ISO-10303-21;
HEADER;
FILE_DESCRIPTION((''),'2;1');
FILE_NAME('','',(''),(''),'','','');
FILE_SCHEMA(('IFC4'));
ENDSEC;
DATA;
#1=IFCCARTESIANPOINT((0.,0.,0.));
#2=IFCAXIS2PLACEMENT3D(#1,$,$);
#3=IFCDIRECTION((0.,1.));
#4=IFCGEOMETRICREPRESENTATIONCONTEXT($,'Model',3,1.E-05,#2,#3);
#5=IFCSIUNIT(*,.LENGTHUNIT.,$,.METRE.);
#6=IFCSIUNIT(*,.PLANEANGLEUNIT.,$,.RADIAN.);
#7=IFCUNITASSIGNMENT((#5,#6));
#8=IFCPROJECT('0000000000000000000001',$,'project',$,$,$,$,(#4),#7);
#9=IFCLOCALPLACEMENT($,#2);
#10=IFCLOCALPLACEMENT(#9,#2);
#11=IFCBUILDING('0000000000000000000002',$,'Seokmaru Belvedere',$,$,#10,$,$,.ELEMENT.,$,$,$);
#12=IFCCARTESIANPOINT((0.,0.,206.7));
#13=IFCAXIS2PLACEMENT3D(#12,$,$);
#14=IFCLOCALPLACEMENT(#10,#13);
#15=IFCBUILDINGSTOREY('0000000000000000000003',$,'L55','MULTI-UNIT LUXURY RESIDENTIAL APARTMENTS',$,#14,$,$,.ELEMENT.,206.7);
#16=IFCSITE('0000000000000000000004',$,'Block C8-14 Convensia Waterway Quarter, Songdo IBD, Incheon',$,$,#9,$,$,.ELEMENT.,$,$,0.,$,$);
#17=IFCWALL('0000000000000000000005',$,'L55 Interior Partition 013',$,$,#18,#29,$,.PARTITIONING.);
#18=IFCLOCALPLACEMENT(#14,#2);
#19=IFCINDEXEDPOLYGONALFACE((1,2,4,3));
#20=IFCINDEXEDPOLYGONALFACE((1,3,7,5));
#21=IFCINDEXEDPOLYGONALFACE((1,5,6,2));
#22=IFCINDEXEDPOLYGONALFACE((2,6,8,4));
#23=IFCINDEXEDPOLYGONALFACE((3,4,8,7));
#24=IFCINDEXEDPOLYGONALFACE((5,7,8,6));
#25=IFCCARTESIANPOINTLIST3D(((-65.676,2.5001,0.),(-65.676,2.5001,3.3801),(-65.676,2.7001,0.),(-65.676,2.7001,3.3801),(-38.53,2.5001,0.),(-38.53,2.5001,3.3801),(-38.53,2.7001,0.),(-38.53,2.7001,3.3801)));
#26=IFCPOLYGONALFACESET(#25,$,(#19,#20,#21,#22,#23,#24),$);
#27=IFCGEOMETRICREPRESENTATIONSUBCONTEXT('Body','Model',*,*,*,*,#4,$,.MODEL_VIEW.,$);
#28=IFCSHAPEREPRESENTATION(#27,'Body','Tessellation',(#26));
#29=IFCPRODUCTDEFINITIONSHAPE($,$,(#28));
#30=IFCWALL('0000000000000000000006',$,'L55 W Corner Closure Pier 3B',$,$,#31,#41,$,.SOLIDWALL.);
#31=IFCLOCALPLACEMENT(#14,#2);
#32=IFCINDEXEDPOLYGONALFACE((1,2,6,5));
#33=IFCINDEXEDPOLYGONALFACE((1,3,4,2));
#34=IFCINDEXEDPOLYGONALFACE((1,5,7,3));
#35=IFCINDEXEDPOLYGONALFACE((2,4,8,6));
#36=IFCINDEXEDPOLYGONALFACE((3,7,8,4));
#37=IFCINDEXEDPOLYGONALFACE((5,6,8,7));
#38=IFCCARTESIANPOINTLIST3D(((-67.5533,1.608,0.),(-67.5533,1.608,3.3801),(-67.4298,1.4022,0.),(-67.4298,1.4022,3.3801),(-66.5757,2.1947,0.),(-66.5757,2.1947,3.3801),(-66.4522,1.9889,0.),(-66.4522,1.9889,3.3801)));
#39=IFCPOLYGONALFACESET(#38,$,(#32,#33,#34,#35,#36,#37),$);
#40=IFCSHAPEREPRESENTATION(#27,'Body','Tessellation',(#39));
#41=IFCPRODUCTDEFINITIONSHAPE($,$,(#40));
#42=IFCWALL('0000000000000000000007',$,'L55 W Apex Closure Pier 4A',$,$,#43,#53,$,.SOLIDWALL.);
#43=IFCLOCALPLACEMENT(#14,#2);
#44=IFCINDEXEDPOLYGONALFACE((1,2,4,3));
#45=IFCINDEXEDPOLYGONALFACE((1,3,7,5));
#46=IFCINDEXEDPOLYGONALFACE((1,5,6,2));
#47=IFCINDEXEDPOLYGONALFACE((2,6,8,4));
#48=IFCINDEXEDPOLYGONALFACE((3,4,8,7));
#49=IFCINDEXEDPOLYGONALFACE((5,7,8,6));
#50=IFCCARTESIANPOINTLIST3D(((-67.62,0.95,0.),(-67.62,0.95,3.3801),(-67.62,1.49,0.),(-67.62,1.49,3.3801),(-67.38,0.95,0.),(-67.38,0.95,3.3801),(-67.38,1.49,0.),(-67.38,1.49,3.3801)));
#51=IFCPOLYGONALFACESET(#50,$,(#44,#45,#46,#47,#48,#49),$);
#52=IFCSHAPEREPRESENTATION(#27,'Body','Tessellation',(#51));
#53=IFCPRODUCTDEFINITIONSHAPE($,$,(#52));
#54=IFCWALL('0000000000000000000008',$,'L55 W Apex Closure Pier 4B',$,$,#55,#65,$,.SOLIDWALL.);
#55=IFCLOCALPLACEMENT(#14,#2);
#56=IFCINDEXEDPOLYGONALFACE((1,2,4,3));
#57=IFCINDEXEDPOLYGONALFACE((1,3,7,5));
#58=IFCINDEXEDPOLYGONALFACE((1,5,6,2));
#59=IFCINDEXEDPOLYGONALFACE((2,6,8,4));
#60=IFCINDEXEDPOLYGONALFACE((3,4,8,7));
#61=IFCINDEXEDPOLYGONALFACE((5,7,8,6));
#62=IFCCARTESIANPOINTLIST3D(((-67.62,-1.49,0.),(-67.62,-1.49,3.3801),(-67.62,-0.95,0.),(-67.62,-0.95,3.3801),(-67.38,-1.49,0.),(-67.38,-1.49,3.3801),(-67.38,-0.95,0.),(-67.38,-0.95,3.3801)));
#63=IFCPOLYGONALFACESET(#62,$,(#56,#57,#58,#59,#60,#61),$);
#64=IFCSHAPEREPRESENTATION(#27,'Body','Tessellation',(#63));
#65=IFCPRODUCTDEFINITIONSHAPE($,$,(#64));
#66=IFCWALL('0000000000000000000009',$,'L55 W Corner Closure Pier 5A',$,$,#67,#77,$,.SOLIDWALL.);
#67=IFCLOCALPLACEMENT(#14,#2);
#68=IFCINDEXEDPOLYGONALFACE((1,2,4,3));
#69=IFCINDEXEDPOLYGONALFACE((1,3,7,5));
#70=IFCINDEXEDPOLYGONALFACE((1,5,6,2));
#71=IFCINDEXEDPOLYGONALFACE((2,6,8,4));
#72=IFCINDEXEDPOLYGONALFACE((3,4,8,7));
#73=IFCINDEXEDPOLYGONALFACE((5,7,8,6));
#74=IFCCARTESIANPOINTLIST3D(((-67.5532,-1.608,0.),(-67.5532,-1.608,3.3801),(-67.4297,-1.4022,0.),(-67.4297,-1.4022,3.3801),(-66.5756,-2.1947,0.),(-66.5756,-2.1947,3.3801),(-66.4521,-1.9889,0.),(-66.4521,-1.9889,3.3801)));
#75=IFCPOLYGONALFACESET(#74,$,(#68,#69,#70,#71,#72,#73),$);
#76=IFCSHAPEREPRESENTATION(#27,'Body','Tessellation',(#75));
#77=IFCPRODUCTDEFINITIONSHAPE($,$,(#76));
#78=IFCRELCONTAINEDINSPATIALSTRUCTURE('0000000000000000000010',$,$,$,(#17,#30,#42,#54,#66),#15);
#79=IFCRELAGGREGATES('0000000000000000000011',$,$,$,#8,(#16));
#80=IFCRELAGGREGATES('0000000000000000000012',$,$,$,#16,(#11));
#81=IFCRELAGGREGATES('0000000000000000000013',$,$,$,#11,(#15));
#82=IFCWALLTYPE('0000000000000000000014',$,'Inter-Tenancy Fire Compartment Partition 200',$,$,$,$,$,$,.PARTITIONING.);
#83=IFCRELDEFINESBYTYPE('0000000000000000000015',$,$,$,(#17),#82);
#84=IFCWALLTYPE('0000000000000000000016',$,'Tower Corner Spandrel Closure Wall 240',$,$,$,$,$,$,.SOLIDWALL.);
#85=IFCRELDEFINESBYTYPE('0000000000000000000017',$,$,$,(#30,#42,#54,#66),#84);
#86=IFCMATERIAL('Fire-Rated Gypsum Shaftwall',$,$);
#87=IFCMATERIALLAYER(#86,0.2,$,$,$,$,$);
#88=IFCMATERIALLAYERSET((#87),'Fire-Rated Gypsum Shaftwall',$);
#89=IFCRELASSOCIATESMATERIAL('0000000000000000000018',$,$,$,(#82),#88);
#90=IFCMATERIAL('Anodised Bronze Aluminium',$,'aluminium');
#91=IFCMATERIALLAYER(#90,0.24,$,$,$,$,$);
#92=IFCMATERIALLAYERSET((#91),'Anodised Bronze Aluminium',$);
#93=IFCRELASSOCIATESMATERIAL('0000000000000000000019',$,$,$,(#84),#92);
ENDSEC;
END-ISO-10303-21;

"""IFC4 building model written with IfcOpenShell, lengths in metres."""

from ifc_helpers import new_model, si_unit, direction, frame, frame_2d, origin, place, context, subcontext, project, spatial, rectangle, extrude, material, layer, layer_set, type_object, element, save


model = new_model("IFC4")

# Units and contexts
model_context = context("Model", 3, precision=1e-05, world=origin(), true_north=direction((0.0, 1.0)))
body_context = subcontext(model_context, "Body", "Model", "MODEL_VIEW")
ifc_project = project(units=[si_unit("LENGTHUNIT", "METRE"), si_unit("PLANEANGLEUNIT", "RADIAN")], contexts=[model_context])

# Site, building, storey
site_placement = place(None, origin())
site = spatial("IfcSite", under=ifc_project, at=site_placement, Name="Block C8-14 Convensia Waterway Quarter, Songdo IBD, Incheon", CompositionType="ELEMENT", RefElevation=0.0)
building_placement = place(site_placement, origin())
building = spatial("IfcBuilding", under=site, at=building_placement, Name="Seokmaru Belvedere", CompositionType="ELEMENT")
storey_placement = place(building_placement, frame((0.0, 0.0, 206.7)))
storey = spatial("IfcBuildingStorey", under=building, at=storey_placement, Name="L55", Description="MULTI-UNIT LUXURY RESIDENTIAL APARTMENTS", CompositionType="ELEMENT", Elevation=206.7)

# Shared definitions
ifc_material_1 = material(Name="Anodised Bronze Aluminium", Category="aluminium")

# Walls
ifc_material_2 = material(Name="Fire-Rated Gypsum Shaftwall")
ifc_layer_1 = layer(ifc_material_2, 0.2)
ifc_layer_set_1 = layer_set([ifc_layer_1], Name="Fire-Rated Gypsum Shaftwall")
wall_type_1 = type_object("IfcWallType", Name="Inter-Tenancy Fire Compartment Partition 200", PredefinedType="PARTITIONING", material=ifc_layer_set_1)
wall_1_placement = place(storey_placement, frame((-65.676, 2.6001, 0.0), z_axis=(0.0, 0.0, 1.0), x_axis=(1.0, 0.0, 0.0)))
element("IfcWall", 1, at=wall_1_placement, inside=storey, type_object=wall_type_1, Name="L55 Interior Partition 013", PredefinedType="PARTITIONING", context=body_context, shape_type="SweptSolid", body=[
    extrude(rectangle(XDim=27.146, YDim=0.2, at=frame_2d((13.573, 0.0))), origin(), (0.0, 0.0, 1.0), 3.3801),
])
ifc_layer_2 = layer(ifc_material_1, 0.24)
ifc_layer_set_2 = layer_set([ifc_layer_2], Name="Anodised Bronze Aluminium")
wall_type_2 = type_object("IfcWallType", Name="Tower Corner Spandrel Closure Wall 240", PredefinedType="SOLIDWALL", material=ifc_layer_set_2)
wall_2_placement = place(storey_placement, frame((-66.5139, 2.0918, 0.0), z_axis=(0.0, 0.0, 1.0), x_axis=(-0.857436, -0.51459, 0.0)))
element("IfcWall", 2, at=wall_2_placement, inside=storey, type_object=wall_type_2, Name="L55 W Corner Closure Pier 3B", PredefinedType="SOLIDWALL", context=body_context, shape_type="SweptSolid", body=[
    extrude(rectangle(XDim=1.1401, YDim=0.24, at=frame_2d((0.5701, 0.0))), origin(), (0.0, 0.0, 1.0), 3.3801),
])
for number, where, z_axis, x_axis, name in (
    (3, (-67.5, 1.49, 0.0), (0.0, 0.0, 1.0), (0.0, -1.0, 0.0), "L55 W Apex Closure Pier 4A"),
    (4, (-67.5, -0.95, 0.0), (0.0, 0.0, 1.0), (0.0, -1.0, 0.0), "L55 W Apex Closure Pier 4B"),
):
    element("IfcWall", number, at=place(storey_placement, frame(where, z_axis=z_axis, x_axis=x_axis)), inside=storey, type_object=wall_type_2, Name=name, PredefinedType="SOLIDWALL", context=body_context, shape_type="SweptSolid", body=[
        extrude(rectangle(XDim=0.54, YDim=0.24, at=frame_2d((0.27, 0.0))), origin(), (0.0, 0.0, 1.0), 3.3801),
    ])
wall_3_placement = place(storey_placement, frame((-67.4915, -1.5051, 0.0), z_axis=(0.0, 0.0, 1.0), x_axis=(0.857436, -0.51459, 0.0)))
element("IfcWall", 5, at=wall_3_placement, inside=storey, type_object=wall_type_2, Name="L55 W Corner Closure Pier 5A", PredefinedType="SOLIDWALL", context=body_context, shape_type="SweptSolid", body=[
    extrude(rectangle(XDim=1.1401, YDim=0.24, at=frame_2d((0.5701, 0.0))), origin(), (0.0, 0.0, 1.0), 3.3801),
])

save(model, "model.ifc")
